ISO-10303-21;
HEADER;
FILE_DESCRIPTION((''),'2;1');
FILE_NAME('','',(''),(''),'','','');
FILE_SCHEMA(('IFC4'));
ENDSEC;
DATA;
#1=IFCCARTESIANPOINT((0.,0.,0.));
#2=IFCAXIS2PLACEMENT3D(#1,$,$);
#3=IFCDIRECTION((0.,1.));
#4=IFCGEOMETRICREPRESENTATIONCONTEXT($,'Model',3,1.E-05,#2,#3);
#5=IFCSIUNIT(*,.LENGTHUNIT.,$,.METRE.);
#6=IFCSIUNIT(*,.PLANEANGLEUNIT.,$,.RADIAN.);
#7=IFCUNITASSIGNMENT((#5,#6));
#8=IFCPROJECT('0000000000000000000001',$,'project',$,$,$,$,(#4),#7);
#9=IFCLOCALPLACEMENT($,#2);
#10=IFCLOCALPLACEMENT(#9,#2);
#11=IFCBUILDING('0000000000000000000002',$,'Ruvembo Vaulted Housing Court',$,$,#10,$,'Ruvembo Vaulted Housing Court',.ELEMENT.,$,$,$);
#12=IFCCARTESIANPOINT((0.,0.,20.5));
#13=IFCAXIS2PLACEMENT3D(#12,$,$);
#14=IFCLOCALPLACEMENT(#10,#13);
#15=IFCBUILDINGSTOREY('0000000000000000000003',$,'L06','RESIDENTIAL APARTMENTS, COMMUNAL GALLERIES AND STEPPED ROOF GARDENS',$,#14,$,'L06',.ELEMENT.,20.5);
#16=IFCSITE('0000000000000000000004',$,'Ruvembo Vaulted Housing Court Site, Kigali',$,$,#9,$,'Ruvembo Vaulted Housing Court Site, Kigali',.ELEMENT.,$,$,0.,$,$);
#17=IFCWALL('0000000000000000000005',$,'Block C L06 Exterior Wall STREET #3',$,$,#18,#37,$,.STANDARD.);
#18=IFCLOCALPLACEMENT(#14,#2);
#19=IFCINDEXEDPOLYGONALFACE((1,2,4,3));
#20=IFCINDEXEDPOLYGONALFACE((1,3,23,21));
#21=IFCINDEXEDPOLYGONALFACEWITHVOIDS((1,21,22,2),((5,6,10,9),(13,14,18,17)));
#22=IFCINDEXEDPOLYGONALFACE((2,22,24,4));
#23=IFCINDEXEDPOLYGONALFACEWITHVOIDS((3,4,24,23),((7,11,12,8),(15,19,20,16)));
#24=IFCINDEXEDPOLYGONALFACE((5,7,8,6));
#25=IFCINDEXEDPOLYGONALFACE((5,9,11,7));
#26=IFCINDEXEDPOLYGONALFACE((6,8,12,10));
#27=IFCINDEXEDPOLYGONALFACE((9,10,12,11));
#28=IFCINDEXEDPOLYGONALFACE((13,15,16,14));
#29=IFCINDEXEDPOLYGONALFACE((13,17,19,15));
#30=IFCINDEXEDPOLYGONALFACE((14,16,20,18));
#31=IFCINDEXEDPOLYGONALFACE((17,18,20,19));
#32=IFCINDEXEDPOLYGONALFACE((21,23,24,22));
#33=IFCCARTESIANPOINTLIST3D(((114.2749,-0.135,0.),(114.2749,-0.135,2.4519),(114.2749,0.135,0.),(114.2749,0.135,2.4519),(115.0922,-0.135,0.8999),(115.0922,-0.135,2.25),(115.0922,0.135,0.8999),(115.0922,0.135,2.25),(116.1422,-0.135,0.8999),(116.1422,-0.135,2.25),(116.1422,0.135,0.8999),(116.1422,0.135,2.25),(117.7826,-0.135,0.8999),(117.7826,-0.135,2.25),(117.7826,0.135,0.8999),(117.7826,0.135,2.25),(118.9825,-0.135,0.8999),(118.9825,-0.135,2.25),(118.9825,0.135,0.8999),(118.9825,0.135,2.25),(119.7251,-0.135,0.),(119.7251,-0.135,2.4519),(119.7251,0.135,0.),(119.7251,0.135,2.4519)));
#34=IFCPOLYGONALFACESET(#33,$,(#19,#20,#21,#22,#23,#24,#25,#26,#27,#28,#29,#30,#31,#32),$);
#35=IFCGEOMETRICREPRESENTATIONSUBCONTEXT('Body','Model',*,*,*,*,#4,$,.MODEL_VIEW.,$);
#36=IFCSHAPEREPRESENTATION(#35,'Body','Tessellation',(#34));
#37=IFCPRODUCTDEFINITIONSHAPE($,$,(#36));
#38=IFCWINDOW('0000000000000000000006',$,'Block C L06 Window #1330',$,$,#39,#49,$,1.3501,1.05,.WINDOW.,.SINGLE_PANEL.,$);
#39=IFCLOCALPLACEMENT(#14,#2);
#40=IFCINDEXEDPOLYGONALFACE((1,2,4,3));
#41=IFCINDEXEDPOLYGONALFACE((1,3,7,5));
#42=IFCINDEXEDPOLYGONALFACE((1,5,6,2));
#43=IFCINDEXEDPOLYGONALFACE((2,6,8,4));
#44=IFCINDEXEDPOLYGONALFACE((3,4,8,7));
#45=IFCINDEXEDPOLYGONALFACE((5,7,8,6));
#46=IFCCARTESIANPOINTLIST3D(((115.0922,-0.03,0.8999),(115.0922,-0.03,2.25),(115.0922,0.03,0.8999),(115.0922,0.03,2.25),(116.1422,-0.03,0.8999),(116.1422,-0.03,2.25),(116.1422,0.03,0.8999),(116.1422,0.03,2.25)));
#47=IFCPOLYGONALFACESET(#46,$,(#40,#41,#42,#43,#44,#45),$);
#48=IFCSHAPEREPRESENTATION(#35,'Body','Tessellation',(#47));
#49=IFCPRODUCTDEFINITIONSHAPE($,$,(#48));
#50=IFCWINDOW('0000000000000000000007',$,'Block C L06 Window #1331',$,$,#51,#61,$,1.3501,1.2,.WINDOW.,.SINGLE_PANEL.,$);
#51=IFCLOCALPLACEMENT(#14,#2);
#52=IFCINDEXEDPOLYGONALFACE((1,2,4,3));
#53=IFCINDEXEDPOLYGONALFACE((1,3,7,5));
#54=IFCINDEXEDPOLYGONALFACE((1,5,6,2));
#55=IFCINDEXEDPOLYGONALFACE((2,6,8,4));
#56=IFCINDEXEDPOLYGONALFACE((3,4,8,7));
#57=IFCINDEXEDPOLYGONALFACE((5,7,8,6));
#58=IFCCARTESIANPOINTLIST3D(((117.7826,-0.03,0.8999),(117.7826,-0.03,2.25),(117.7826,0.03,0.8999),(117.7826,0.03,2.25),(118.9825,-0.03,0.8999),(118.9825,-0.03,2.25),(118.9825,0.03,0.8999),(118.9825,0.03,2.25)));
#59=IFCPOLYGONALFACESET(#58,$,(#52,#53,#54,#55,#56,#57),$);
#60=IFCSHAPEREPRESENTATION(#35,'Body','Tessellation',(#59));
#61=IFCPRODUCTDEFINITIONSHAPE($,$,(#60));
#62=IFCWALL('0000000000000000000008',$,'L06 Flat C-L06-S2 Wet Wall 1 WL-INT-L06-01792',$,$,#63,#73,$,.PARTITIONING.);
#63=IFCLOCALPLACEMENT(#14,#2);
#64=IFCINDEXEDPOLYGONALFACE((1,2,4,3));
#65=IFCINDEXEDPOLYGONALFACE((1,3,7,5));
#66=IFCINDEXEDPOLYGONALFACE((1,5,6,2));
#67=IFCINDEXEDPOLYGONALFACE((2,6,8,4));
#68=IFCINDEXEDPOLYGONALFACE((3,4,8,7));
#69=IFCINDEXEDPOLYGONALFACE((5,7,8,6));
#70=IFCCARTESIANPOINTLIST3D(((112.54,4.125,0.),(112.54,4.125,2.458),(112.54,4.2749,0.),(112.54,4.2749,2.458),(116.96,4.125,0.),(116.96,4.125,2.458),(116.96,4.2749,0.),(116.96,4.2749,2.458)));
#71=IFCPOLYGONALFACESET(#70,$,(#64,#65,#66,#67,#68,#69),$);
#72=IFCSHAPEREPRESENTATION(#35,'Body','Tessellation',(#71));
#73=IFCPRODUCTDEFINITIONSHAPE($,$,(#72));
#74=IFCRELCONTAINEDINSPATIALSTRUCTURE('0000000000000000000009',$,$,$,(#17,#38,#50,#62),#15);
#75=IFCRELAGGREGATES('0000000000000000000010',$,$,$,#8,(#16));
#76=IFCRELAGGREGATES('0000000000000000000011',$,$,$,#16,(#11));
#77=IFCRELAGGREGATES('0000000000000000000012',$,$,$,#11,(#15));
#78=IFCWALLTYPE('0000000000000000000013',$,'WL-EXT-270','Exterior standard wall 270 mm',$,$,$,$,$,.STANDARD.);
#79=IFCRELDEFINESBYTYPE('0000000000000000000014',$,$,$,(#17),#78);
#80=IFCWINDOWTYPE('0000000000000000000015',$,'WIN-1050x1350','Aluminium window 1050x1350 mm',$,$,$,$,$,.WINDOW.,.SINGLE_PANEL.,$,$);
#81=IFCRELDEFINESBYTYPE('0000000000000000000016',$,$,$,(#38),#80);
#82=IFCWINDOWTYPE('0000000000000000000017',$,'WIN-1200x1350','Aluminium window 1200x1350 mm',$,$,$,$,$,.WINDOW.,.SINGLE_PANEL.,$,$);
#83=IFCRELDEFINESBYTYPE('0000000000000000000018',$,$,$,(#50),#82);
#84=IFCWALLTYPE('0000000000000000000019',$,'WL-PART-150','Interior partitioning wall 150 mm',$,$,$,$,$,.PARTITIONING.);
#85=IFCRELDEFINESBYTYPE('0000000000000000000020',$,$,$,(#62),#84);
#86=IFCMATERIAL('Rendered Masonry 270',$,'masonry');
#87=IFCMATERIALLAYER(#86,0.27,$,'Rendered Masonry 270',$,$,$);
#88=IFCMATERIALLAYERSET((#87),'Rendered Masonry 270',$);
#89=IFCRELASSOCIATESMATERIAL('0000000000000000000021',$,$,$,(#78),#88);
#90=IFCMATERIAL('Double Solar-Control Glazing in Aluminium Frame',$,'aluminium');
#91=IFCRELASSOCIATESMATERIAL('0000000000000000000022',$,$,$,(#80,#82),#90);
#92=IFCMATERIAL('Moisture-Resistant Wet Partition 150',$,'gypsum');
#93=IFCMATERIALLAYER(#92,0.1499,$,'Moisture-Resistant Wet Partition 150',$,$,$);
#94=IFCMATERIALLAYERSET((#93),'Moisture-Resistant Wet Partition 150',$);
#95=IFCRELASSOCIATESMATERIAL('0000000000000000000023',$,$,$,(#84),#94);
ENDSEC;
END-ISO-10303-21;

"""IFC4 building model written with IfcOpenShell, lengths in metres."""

from ifc_helpers import new_model, si_unit, direction, frame, frame_2d, origin, place, context, subcontext, project, spatial, rectangle, extrude, material, layer, layer_set, type_object, element, fill, save


model = new_model("IFC4")

# Units and contexts
model_context = context("Model", 3, precision=1e-05, world=origin(), true_north=direction((0.0, 1.0)))
body_context = subcontext(model_context, "Body", "Model", "MODEL_VIEW")
ifc_project = project(units=[si_unit("LENGTHUNIT", "METRE"), si_unit("PLANEANGLEUNIT", "RADIAN")], contexts=[model_context])

# Site, building, storey
site_placement = place(None, origin())
site = spatial("IfcSite", under=ifc_project, at=site_placement, Name="Ruvembo Vaulted Housing Court Site, Kigali", LongName="Ruvembo Vaulted Housing Court Site, Kigali", CompositionType="ELEMENT", RefElevation=0.0)
building_placement = place(site_placement, origin())
building = spatial("IfcBuilding", under=site, at=building_placement, Name="Ruvembo Vaulted Housing Court", LongName="Ruvembo Vaulted Housing Court", CompositionType="ELEMENT")
storey_placement = place(building_placement, frame((0.0, 0.0, 20.5)))
storey = spatial("IfcBuildingStorey", under=building, at=storey_placement, Name="L06", Description="RESIDENTIAL APARTMENTS, COMMUNAL GALLERIES AND STEPPED ROOF GARDENS", LongName="L06", CompositionType="ELEMENT", Elevation=20.5)

# Wall, openings, windows
ifc_material_1 = material(Name="Rendered Masonry 270", Category="masonry")
ifc_layer_1 = layer(ifc_material_1, 0.27, Name="Rendered Masonry 270")
ifc_layer_set_1 = layer_set([ifc_layer_1], Name="Rendered Masonry 270")
wall_type_1 = type_object("IfcWallType", Name="WL-EXT-270", Description="Exterior standard wall 270 mm", PredefinedType="STANDARD", material=ifc_layer_set_1)
ifc_material_2 = material(Name="Double Solar-Control Glazing in Aluminium Frame", Category="aluminium")
wall_1_placement = place(storey_placement, frame((114.2749, 0.0, 0.0), z_axis=(0.0, 0.0, 1.0), x_axis=(1.0, 0.0, 0.0)))
wall_1 = element("IfcWall", 1, at=wall_1_placement, inside=storey, type_object=wall_type_1, Name="Block C L06 Exterior Wall STREET #3", PredefinedType="STANDARD", context=body_context, shape_type="SweptSolid", body=[
    extrude(rectangle(XDim=5.4502, YDim=0.27, at=frame_2d((2.7251, 0.0))), origin(), (0.0, 0.0, 1.0), 2.4519),
])
opening_1_placement = place(wall_1_placement, frame((0.8174, 0.0, 0.8999)))
opening_1 = element("IfcOpeningElement", 2, at=opening_1_placement, cuts=wall_1, PredefinedType="OPENING", context=body_context, shape_type="SweptSolid", body=[
    extrude(rectangle(XDim=1.05, YDim=1.3501, at=frame_2d((0.5249, 0.675))), frame((0.0, 0.145, 0.0), z_axis=(0.0, -1.0, 0.0), x_axis=(1.0, 0.0, 0.0)), (0.0, 0.0, 1.0), 0.29),
])
opening_2_placement = place(wall_1_placement, frame((3.5076, 0.0, 0.8999)))
opening_2 = element("IfcOpeningElement", 3, at=opening_2_placement, cuts=wall_1, PredefinedType="OPENING", context=body_context, shape_type="SweptSolid", body=[
    extrude(rectangle(XDim=1.2, YDim=1.3501, at=frame_2d((0.6001, 0.675))), frame((0.0, 0.145, 0.0), z_axis=(0.0, -1.0, 0.0), x_axis=(1.0, 0.0, 0.0)), (0.0, 0.0, 1.0), 0.29),
])
window_type_1 = type_object("IfcWindowType", Name="WIN-1050x1350", Description="Aluminium window 1050x1350 mm", PartitioningType="SINGLE_PANEL", PredefinedType="WINDOW", material=ifc_material_2)
window_1_placement = place(opening_1_placement, origin())
window_1 = element("IfcWindow", 4, at=window_1_placement, inside=storey, type_object=window_type_1, Name="Block C L06 Window #1330", OverallHeight=1.3501, OverallWidth=1.05, PartitioningType="SINGLE_PANEL", PredefinedType="WINDOW", context=body_context, shape_type="SweptSolid", body=[
    extrude(rectangle(XDim=1.05, YDim=1.3501, at=frame_2d((0.5249, 0.675))), frame((0.0, 0.03, 0.0), z_axis=(0.0, -1.0, 0.0), x_axis=(1.0, 0.0, 0.0)), (0.0, 0.0, 1.0), 0.0601),
])
fill(opening_1, window_1)
window_type_2 = type_object("IfcWindowType", Name="WIN-1200x1350", Description="Aluminium window 1200x1350 mm", PartitioningType="SINGLE_PANEL", PredefinedType="WINDOW", material=ifc_material_2)
window_2_placement = place(opening_2_placement, origin())
window_2 = element("IfcWindow", 5, at=window_2_placement, inside=storey, type_object=window_type_2, Name="Block C L06 Window #1331", OverallHeight=1.3501, OverallWidth=1.2, PartitioningType="SINGLE_PANEL", PredefinedType="WINDOW", context=body_context, shape_type="SweptSolid", body=[
    extrude(rectangle(XDim=1.2, YDim=1.3501, at=frame_2d((0.6001, 0.675))), frame((0.0, 0.03, 0.0), z_axis=(0.0, -1.0, 0.0), x_axis=(1.0, 0.0, 0.0)), (0.0, 0.0, 1.0), 0.0601),
])
fill(opening_2, window_2)

# Wall
ifc_material_3 = material(Name="Moisture-Resistant Wet Partition 150", Category="gypsum")
ifc_layer_2 = layer(ifc_material_3, 0.1499, Name="Moisture-Resistant Wet Partition 150")
ifc_layer_set_2 = layer_set([ifc_layer_2], Name="Moisture-Resistant Wet Partition 150")
wall_type_2 = type_object("IfcWallType", Name="WL-PART-150", Description="Interior partitioning wall 150 mm", PredefinedType="PARTITIONING", material=ifc_layer_set_2)
wall_2_placement = place(storey_placement, frame((112.54, 4.2, 0.0), z_axis=(0.0, 0.0, 1.0), x_axis=(1.0, 0.0, 0.0)))
element("IfcWall", 6, at=wall_2_placement, inside=storey, type_object=wall_type_2, Name="L06 Flat C-L06-S2 Wet Wall 1 WL-INT-L06-01792", PredefinedType="PARTITIONING", context=body_context, shape_type="SweptSolid", body=[
    extrude(rectangle(XDim=4.4199, YDim=0.1499, at=frame_2d((2.21, 0.0))), origin(), (0.0, 0.0, 1.0), 2.458),
])

save(model, "model.ifc")
